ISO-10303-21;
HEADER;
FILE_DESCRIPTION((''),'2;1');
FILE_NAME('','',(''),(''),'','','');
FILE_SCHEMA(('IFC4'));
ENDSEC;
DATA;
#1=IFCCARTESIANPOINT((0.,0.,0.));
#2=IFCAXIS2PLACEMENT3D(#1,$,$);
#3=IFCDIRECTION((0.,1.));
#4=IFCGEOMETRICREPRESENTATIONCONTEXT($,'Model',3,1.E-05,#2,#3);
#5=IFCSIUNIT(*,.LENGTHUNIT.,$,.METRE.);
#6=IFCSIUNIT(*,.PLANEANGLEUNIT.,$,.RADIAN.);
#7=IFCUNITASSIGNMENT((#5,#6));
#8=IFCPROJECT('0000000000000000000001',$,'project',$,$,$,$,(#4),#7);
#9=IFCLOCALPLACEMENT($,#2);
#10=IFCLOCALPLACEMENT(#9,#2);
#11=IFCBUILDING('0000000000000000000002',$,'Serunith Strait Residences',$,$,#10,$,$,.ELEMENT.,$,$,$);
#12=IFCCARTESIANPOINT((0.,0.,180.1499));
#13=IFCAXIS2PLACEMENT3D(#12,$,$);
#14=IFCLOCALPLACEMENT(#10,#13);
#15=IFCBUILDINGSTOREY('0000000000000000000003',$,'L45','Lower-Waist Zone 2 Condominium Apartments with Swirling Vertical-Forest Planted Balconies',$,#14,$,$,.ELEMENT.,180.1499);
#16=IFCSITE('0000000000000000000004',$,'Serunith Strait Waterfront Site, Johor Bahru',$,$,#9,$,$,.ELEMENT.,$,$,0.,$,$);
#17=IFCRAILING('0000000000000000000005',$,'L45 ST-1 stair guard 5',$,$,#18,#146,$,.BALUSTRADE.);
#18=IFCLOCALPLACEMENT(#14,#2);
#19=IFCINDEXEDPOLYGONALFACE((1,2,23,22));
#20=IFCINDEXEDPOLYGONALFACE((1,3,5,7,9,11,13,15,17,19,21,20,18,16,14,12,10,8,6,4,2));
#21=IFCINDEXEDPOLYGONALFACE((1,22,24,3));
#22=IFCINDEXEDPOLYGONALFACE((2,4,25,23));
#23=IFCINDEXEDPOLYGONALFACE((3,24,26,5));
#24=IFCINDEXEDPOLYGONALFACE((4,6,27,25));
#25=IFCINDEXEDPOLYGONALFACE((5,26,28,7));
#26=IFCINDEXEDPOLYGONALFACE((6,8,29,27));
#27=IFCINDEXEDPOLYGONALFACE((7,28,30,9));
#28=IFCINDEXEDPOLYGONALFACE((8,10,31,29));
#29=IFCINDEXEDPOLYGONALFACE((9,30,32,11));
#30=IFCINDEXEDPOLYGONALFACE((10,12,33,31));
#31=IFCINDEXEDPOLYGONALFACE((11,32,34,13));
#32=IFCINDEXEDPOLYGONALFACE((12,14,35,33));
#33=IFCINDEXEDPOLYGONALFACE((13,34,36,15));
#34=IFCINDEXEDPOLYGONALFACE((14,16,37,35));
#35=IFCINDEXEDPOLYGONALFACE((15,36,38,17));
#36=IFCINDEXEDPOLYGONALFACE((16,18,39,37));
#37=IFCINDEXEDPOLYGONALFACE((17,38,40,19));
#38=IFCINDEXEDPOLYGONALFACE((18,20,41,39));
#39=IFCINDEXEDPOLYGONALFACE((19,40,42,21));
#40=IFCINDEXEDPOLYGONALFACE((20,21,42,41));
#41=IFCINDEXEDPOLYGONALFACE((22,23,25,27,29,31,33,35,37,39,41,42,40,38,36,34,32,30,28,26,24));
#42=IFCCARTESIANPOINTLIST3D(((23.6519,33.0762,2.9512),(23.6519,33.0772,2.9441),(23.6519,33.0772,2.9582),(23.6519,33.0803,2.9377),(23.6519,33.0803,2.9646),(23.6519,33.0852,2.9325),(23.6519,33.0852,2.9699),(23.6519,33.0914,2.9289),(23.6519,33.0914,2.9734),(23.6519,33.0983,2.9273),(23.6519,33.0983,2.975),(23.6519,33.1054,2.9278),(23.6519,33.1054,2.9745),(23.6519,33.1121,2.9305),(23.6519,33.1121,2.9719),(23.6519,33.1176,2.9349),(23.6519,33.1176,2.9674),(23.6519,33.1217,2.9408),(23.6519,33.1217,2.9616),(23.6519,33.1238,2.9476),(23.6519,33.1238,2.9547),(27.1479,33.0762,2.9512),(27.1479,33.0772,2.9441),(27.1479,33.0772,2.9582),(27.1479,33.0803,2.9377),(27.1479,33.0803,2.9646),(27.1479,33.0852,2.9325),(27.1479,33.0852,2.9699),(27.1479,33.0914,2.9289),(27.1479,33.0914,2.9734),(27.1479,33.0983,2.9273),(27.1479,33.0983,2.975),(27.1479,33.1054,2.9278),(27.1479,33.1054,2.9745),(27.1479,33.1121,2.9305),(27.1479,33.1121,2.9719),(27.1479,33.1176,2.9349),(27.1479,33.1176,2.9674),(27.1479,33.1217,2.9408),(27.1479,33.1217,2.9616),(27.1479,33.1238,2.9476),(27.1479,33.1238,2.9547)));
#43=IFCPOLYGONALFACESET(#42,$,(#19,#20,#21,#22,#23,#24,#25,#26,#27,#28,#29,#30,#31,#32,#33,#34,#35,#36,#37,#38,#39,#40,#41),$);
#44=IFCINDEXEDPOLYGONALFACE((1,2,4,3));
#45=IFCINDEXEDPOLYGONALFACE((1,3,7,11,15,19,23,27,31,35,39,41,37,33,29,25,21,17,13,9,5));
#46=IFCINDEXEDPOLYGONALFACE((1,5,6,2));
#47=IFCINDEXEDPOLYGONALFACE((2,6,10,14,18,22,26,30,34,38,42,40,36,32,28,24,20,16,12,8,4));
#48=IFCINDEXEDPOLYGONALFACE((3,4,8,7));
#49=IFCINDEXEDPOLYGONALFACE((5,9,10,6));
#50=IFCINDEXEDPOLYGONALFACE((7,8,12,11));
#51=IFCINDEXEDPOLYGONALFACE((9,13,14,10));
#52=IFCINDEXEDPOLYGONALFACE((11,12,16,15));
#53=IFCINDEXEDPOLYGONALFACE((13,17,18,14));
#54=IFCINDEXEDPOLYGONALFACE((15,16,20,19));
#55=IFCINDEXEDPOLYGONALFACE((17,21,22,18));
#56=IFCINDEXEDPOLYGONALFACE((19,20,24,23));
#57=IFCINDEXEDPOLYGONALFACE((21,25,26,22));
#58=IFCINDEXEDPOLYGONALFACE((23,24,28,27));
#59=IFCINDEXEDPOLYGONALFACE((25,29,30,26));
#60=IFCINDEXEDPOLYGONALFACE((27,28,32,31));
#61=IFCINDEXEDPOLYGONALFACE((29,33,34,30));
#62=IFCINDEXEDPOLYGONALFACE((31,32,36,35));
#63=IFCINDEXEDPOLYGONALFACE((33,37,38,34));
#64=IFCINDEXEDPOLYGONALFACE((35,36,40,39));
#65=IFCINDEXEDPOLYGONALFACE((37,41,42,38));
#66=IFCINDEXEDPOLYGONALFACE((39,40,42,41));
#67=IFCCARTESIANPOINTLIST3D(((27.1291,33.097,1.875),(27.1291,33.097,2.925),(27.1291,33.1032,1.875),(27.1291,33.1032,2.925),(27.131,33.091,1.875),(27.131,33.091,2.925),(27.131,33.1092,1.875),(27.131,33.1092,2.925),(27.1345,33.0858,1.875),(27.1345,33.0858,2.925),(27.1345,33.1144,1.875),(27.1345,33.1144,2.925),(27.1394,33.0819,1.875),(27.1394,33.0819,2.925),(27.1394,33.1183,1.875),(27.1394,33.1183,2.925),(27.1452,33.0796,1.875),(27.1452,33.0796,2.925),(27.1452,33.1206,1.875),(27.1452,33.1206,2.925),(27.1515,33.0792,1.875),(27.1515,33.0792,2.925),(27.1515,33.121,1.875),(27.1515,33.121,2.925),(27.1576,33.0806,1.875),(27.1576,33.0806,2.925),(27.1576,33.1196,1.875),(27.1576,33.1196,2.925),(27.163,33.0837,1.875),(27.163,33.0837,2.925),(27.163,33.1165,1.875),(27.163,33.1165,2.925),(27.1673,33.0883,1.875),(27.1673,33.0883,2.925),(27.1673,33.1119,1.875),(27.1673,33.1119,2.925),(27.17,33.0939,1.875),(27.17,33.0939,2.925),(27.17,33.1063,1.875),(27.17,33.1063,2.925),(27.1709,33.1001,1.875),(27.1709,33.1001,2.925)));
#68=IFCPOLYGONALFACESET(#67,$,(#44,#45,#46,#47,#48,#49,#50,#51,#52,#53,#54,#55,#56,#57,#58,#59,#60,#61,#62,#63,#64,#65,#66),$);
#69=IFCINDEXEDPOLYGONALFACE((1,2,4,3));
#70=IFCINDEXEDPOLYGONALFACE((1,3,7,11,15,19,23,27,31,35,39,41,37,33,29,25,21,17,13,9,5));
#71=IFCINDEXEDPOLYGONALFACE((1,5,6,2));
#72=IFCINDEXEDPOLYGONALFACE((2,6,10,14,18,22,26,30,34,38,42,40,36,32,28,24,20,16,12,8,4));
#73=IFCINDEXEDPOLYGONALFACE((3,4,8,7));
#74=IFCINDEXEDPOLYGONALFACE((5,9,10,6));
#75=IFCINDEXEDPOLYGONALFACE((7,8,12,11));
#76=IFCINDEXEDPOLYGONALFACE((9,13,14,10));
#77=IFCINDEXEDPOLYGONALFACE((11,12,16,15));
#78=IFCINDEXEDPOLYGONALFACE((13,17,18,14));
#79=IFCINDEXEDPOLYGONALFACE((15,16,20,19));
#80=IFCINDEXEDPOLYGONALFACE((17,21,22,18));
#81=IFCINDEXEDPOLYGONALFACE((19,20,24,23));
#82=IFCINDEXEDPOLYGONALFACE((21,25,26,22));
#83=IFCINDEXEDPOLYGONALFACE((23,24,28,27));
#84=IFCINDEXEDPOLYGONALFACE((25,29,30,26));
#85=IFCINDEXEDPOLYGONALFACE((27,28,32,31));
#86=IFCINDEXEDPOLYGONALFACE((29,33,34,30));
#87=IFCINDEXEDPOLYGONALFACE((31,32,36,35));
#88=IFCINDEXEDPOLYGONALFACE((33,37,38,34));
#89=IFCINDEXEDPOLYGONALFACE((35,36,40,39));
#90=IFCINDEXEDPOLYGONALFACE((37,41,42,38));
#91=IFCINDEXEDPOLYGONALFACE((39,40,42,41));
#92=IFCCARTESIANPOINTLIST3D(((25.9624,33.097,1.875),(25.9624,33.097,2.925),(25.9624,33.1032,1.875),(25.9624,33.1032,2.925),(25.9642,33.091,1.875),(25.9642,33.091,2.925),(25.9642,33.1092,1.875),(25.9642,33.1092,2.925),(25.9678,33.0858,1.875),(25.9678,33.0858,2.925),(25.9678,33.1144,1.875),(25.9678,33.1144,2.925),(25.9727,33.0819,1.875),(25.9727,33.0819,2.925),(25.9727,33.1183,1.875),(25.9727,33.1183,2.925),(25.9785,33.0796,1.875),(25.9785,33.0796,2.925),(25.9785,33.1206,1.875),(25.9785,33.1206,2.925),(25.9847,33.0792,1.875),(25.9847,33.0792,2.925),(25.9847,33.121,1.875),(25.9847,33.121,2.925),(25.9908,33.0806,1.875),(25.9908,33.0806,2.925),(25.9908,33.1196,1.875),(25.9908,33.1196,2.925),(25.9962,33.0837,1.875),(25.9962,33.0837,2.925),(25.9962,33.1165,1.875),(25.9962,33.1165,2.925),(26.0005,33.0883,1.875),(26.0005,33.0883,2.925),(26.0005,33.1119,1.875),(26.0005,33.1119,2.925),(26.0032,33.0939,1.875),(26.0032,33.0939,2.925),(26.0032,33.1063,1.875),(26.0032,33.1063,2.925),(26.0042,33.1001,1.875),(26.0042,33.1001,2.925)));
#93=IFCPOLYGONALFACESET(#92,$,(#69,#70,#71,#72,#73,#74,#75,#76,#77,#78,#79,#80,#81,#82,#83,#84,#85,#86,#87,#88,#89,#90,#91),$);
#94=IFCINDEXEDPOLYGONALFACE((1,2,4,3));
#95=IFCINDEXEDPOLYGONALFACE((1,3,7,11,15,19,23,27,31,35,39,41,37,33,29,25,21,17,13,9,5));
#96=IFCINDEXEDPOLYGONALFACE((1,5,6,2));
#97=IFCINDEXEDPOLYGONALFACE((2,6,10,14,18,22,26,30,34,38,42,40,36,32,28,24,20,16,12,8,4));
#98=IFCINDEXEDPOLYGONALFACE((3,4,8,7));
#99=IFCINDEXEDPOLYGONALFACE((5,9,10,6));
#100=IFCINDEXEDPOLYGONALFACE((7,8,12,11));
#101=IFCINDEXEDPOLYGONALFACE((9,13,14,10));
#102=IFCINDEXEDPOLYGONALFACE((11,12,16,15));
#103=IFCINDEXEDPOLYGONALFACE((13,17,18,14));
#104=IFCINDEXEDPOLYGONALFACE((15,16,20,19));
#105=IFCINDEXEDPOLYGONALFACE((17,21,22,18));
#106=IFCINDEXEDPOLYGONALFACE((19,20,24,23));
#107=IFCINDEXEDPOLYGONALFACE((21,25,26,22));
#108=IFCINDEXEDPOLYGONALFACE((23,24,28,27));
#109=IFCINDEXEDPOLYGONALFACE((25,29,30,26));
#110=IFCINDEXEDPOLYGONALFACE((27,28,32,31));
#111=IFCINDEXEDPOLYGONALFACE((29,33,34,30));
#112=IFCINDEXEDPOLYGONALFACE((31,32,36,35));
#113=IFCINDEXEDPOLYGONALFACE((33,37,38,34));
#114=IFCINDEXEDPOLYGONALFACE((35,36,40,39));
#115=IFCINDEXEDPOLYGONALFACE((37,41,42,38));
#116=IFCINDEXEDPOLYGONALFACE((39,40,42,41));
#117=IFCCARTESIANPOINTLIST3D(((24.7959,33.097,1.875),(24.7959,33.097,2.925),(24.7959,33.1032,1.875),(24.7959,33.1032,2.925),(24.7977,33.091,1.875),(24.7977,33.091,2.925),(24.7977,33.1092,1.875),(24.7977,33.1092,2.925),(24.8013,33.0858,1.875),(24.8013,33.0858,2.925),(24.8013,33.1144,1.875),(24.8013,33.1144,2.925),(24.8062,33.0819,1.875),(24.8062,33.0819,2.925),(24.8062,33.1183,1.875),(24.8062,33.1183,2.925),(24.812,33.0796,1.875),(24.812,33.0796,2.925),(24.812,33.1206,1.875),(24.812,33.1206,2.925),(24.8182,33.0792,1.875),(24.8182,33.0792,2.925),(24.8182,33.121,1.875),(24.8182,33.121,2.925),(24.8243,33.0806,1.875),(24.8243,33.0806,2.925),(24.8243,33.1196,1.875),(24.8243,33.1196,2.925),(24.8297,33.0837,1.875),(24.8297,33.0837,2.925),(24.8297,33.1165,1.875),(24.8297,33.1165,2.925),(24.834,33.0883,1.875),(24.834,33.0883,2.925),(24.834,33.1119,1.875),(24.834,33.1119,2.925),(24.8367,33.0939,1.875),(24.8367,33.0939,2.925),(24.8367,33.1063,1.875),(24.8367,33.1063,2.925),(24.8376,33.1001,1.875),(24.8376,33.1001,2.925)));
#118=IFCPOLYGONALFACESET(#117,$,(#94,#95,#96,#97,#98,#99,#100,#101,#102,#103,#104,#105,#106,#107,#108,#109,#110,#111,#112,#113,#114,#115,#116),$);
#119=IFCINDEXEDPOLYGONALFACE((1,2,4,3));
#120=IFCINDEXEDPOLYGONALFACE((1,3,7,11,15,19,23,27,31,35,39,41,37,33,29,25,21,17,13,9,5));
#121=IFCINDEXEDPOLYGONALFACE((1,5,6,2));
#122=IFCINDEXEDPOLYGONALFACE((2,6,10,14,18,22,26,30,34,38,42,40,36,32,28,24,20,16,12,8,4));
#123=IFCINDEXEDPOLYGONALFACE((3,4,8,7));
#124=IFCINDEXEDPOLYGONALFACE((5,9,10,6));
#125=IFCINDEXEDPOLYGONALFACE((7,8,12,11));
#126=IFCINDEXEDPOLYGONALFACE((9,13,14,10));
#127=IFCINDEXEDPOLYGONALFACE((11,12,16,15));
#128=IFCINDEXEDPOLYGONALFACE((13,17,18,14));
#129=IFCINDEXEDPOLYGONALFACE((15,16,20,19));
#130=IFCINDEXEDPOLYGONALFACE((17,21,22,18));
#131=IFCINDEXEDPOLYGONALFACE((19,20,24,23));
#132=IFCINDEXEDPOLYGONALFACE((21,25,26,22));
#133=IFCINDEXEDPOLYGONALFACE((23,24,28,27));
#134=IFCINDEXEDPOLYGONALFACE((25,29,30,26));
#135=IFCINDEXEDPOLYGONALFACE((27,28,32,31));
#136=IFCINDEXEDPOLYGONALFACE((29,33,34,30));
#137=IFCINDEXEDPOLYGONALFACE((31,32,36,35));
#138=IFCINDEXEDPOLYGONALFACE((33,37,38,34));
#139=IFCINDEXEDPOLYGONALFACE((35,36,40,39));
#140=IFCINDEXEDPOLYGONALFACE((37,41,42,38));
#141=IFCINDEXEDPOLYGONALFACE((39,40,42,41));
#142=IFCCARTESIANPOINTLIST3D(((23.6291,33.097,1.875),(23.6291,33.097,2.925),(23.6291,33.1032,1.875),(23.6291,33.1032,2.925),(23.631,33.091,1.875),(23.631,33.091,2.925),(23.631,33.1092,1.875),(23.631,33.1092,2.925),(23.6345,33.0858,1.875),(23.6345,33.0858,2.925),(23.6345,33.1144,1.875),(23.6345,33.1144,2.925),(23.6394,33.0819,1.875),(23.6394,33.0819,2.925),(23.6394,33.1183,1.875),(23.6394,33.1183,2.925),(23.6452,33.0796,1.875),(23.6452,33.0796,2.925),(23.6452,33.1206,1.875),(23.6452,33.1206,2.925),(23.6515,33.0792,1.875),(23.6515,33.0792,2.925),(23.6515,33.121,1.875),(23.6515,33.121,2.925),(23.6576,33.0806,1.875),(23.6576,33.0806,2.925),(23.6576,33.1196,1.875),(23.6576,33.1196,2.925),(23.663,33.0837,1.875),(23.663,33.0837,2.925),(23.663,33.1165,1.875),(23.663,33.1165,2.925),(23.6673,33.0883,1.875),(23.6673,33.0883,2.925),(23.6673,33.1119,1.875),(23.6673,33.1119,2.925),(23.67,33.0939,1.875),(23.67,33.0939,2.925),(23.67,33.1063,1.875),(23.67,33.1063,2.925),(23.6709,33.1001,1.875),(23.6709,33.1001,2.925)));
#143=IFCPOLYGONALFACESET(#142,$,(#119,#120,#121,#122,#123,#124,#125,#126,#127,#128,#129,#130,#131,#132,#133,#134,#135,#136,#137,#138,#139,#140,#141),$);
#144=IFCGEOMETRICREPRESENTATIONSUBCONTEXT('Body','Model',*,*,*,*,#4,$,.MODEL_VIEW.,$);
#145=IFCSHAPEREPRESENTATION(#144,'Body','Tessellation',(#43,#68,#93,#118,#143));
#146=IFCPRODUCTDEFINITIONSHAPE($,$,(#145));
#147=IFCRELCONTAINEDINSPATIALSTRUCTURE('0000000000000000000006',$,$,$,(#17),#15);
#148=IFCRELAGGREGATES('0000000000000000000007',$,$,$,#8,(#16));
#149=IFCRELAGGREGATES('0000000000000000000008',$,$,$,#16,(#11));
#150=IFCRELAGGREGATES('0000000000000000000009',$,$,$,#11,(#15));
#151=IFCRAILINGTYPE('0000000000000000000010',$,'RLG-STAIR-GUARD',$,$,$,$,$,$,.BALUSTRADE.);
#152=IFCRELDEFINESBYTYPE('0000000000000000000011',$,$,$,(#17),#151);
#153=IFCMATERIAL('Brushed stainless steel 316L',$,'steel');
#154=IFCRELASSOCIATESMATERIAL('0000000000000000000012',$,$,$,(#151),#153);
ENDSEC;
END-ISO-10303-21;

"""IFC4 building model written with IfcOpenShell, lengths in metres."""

from ifc_helpers import new_model, si_unit, direction, frame, origin, origin_2d, place, context, subcontext, project, spatial, circle, extrude, material, type_object, element, save


model = new_model("IFC4")

# Units and contexts
model_context = context("Model", 3, precision=1e-05, world=origin(), true_north=direction((0.0, 1.0)))
body_context = subcontext(model_context, "Body", "Model", "MODEL_VIEW")
ifc_project = project(units=[si_unit("LENGTHUNIT", "METRE"), si_unit("PLANEANGLEUNIT", "RADIAN")], contexts=[model_context])

# Site, building, storey
site_placement = place(None, origin())
site = spatial("IfcSite", under=ifc_project, at=site_placement, Name="Serunith Strait Waterfront Site, Johor Bahru", CompositionType="ELEMENT", RefElevation=0.0)
building_placement = place(site_placement, origin())
building = spatial("IfcBuilding", under=site, at=building_placement, Name="Serunith Strait Residences", CompositionType="ELEMENT")
storey_placement = place(building_placement, frame((0.0, 0.0, 180.1499)))
storey = spatial("IfcBuildingStorey", under=building, at=storey_placement, Name="L45", Description="Lower-Waist Zone 2 Condominium Apartments with Swirling Vertical-Forest Planted Balconies", CompositionType="ELEMENT", Elevation=180.1499)

# Railing
ifc_material_1 = material(Name="Brushed stainless steel 316L", Category="steel")
railing_type_1 = type_object("IfcRailingType", Name="RLG-STAIR-GUARD", PredefinedType="BALUSTRADE", material=ifc_material_1)
railing_1_placement = place(storey_placement, frame((27.1499, 33.1001, 1.875)))
element("IfcRailing", 1, at=railing_1_placement, inside=storey, type_object=railing_type_1, Name="L45 ST-1 stair guard 5", PredefinedType="BALUSTRADE", context=body_context, shape_type="SweptSolid", body=[
    extrude(circle(Radius=0.0239, at=origin_2d()), frame((-0.002, 0.0, 1.0762), z_axis=(-1.0, 0.0, 0.0), x_axis=(0.0, -1.0, 0.0)), (0.0, 0.0, 1.0), 3.4961),
    extrude(circle(Radius=0.021, at=origin_2d()), origin(), (0.0, 0.0, 1.0), 1.05),
    extrude(circle(Radius=0.021, at=origin_2d()), frame((-1.1667, 0.0, 0.0)), (0.0, 0.0, 1.0), 1.05),
    extrude(circle(Radius=0.021, at=origin_2d()), frame((-2.3333, 0.0, 0.0)), (0.0, 0.0, 1.0), 1.05),
    extrude(circle(Radius=0.021, at=origin_2d()), frame((-3.5, 0.0, 0.0)), (0.0, 0.0, 1.0), 1.05),
])

save(model, "model.ifc")
